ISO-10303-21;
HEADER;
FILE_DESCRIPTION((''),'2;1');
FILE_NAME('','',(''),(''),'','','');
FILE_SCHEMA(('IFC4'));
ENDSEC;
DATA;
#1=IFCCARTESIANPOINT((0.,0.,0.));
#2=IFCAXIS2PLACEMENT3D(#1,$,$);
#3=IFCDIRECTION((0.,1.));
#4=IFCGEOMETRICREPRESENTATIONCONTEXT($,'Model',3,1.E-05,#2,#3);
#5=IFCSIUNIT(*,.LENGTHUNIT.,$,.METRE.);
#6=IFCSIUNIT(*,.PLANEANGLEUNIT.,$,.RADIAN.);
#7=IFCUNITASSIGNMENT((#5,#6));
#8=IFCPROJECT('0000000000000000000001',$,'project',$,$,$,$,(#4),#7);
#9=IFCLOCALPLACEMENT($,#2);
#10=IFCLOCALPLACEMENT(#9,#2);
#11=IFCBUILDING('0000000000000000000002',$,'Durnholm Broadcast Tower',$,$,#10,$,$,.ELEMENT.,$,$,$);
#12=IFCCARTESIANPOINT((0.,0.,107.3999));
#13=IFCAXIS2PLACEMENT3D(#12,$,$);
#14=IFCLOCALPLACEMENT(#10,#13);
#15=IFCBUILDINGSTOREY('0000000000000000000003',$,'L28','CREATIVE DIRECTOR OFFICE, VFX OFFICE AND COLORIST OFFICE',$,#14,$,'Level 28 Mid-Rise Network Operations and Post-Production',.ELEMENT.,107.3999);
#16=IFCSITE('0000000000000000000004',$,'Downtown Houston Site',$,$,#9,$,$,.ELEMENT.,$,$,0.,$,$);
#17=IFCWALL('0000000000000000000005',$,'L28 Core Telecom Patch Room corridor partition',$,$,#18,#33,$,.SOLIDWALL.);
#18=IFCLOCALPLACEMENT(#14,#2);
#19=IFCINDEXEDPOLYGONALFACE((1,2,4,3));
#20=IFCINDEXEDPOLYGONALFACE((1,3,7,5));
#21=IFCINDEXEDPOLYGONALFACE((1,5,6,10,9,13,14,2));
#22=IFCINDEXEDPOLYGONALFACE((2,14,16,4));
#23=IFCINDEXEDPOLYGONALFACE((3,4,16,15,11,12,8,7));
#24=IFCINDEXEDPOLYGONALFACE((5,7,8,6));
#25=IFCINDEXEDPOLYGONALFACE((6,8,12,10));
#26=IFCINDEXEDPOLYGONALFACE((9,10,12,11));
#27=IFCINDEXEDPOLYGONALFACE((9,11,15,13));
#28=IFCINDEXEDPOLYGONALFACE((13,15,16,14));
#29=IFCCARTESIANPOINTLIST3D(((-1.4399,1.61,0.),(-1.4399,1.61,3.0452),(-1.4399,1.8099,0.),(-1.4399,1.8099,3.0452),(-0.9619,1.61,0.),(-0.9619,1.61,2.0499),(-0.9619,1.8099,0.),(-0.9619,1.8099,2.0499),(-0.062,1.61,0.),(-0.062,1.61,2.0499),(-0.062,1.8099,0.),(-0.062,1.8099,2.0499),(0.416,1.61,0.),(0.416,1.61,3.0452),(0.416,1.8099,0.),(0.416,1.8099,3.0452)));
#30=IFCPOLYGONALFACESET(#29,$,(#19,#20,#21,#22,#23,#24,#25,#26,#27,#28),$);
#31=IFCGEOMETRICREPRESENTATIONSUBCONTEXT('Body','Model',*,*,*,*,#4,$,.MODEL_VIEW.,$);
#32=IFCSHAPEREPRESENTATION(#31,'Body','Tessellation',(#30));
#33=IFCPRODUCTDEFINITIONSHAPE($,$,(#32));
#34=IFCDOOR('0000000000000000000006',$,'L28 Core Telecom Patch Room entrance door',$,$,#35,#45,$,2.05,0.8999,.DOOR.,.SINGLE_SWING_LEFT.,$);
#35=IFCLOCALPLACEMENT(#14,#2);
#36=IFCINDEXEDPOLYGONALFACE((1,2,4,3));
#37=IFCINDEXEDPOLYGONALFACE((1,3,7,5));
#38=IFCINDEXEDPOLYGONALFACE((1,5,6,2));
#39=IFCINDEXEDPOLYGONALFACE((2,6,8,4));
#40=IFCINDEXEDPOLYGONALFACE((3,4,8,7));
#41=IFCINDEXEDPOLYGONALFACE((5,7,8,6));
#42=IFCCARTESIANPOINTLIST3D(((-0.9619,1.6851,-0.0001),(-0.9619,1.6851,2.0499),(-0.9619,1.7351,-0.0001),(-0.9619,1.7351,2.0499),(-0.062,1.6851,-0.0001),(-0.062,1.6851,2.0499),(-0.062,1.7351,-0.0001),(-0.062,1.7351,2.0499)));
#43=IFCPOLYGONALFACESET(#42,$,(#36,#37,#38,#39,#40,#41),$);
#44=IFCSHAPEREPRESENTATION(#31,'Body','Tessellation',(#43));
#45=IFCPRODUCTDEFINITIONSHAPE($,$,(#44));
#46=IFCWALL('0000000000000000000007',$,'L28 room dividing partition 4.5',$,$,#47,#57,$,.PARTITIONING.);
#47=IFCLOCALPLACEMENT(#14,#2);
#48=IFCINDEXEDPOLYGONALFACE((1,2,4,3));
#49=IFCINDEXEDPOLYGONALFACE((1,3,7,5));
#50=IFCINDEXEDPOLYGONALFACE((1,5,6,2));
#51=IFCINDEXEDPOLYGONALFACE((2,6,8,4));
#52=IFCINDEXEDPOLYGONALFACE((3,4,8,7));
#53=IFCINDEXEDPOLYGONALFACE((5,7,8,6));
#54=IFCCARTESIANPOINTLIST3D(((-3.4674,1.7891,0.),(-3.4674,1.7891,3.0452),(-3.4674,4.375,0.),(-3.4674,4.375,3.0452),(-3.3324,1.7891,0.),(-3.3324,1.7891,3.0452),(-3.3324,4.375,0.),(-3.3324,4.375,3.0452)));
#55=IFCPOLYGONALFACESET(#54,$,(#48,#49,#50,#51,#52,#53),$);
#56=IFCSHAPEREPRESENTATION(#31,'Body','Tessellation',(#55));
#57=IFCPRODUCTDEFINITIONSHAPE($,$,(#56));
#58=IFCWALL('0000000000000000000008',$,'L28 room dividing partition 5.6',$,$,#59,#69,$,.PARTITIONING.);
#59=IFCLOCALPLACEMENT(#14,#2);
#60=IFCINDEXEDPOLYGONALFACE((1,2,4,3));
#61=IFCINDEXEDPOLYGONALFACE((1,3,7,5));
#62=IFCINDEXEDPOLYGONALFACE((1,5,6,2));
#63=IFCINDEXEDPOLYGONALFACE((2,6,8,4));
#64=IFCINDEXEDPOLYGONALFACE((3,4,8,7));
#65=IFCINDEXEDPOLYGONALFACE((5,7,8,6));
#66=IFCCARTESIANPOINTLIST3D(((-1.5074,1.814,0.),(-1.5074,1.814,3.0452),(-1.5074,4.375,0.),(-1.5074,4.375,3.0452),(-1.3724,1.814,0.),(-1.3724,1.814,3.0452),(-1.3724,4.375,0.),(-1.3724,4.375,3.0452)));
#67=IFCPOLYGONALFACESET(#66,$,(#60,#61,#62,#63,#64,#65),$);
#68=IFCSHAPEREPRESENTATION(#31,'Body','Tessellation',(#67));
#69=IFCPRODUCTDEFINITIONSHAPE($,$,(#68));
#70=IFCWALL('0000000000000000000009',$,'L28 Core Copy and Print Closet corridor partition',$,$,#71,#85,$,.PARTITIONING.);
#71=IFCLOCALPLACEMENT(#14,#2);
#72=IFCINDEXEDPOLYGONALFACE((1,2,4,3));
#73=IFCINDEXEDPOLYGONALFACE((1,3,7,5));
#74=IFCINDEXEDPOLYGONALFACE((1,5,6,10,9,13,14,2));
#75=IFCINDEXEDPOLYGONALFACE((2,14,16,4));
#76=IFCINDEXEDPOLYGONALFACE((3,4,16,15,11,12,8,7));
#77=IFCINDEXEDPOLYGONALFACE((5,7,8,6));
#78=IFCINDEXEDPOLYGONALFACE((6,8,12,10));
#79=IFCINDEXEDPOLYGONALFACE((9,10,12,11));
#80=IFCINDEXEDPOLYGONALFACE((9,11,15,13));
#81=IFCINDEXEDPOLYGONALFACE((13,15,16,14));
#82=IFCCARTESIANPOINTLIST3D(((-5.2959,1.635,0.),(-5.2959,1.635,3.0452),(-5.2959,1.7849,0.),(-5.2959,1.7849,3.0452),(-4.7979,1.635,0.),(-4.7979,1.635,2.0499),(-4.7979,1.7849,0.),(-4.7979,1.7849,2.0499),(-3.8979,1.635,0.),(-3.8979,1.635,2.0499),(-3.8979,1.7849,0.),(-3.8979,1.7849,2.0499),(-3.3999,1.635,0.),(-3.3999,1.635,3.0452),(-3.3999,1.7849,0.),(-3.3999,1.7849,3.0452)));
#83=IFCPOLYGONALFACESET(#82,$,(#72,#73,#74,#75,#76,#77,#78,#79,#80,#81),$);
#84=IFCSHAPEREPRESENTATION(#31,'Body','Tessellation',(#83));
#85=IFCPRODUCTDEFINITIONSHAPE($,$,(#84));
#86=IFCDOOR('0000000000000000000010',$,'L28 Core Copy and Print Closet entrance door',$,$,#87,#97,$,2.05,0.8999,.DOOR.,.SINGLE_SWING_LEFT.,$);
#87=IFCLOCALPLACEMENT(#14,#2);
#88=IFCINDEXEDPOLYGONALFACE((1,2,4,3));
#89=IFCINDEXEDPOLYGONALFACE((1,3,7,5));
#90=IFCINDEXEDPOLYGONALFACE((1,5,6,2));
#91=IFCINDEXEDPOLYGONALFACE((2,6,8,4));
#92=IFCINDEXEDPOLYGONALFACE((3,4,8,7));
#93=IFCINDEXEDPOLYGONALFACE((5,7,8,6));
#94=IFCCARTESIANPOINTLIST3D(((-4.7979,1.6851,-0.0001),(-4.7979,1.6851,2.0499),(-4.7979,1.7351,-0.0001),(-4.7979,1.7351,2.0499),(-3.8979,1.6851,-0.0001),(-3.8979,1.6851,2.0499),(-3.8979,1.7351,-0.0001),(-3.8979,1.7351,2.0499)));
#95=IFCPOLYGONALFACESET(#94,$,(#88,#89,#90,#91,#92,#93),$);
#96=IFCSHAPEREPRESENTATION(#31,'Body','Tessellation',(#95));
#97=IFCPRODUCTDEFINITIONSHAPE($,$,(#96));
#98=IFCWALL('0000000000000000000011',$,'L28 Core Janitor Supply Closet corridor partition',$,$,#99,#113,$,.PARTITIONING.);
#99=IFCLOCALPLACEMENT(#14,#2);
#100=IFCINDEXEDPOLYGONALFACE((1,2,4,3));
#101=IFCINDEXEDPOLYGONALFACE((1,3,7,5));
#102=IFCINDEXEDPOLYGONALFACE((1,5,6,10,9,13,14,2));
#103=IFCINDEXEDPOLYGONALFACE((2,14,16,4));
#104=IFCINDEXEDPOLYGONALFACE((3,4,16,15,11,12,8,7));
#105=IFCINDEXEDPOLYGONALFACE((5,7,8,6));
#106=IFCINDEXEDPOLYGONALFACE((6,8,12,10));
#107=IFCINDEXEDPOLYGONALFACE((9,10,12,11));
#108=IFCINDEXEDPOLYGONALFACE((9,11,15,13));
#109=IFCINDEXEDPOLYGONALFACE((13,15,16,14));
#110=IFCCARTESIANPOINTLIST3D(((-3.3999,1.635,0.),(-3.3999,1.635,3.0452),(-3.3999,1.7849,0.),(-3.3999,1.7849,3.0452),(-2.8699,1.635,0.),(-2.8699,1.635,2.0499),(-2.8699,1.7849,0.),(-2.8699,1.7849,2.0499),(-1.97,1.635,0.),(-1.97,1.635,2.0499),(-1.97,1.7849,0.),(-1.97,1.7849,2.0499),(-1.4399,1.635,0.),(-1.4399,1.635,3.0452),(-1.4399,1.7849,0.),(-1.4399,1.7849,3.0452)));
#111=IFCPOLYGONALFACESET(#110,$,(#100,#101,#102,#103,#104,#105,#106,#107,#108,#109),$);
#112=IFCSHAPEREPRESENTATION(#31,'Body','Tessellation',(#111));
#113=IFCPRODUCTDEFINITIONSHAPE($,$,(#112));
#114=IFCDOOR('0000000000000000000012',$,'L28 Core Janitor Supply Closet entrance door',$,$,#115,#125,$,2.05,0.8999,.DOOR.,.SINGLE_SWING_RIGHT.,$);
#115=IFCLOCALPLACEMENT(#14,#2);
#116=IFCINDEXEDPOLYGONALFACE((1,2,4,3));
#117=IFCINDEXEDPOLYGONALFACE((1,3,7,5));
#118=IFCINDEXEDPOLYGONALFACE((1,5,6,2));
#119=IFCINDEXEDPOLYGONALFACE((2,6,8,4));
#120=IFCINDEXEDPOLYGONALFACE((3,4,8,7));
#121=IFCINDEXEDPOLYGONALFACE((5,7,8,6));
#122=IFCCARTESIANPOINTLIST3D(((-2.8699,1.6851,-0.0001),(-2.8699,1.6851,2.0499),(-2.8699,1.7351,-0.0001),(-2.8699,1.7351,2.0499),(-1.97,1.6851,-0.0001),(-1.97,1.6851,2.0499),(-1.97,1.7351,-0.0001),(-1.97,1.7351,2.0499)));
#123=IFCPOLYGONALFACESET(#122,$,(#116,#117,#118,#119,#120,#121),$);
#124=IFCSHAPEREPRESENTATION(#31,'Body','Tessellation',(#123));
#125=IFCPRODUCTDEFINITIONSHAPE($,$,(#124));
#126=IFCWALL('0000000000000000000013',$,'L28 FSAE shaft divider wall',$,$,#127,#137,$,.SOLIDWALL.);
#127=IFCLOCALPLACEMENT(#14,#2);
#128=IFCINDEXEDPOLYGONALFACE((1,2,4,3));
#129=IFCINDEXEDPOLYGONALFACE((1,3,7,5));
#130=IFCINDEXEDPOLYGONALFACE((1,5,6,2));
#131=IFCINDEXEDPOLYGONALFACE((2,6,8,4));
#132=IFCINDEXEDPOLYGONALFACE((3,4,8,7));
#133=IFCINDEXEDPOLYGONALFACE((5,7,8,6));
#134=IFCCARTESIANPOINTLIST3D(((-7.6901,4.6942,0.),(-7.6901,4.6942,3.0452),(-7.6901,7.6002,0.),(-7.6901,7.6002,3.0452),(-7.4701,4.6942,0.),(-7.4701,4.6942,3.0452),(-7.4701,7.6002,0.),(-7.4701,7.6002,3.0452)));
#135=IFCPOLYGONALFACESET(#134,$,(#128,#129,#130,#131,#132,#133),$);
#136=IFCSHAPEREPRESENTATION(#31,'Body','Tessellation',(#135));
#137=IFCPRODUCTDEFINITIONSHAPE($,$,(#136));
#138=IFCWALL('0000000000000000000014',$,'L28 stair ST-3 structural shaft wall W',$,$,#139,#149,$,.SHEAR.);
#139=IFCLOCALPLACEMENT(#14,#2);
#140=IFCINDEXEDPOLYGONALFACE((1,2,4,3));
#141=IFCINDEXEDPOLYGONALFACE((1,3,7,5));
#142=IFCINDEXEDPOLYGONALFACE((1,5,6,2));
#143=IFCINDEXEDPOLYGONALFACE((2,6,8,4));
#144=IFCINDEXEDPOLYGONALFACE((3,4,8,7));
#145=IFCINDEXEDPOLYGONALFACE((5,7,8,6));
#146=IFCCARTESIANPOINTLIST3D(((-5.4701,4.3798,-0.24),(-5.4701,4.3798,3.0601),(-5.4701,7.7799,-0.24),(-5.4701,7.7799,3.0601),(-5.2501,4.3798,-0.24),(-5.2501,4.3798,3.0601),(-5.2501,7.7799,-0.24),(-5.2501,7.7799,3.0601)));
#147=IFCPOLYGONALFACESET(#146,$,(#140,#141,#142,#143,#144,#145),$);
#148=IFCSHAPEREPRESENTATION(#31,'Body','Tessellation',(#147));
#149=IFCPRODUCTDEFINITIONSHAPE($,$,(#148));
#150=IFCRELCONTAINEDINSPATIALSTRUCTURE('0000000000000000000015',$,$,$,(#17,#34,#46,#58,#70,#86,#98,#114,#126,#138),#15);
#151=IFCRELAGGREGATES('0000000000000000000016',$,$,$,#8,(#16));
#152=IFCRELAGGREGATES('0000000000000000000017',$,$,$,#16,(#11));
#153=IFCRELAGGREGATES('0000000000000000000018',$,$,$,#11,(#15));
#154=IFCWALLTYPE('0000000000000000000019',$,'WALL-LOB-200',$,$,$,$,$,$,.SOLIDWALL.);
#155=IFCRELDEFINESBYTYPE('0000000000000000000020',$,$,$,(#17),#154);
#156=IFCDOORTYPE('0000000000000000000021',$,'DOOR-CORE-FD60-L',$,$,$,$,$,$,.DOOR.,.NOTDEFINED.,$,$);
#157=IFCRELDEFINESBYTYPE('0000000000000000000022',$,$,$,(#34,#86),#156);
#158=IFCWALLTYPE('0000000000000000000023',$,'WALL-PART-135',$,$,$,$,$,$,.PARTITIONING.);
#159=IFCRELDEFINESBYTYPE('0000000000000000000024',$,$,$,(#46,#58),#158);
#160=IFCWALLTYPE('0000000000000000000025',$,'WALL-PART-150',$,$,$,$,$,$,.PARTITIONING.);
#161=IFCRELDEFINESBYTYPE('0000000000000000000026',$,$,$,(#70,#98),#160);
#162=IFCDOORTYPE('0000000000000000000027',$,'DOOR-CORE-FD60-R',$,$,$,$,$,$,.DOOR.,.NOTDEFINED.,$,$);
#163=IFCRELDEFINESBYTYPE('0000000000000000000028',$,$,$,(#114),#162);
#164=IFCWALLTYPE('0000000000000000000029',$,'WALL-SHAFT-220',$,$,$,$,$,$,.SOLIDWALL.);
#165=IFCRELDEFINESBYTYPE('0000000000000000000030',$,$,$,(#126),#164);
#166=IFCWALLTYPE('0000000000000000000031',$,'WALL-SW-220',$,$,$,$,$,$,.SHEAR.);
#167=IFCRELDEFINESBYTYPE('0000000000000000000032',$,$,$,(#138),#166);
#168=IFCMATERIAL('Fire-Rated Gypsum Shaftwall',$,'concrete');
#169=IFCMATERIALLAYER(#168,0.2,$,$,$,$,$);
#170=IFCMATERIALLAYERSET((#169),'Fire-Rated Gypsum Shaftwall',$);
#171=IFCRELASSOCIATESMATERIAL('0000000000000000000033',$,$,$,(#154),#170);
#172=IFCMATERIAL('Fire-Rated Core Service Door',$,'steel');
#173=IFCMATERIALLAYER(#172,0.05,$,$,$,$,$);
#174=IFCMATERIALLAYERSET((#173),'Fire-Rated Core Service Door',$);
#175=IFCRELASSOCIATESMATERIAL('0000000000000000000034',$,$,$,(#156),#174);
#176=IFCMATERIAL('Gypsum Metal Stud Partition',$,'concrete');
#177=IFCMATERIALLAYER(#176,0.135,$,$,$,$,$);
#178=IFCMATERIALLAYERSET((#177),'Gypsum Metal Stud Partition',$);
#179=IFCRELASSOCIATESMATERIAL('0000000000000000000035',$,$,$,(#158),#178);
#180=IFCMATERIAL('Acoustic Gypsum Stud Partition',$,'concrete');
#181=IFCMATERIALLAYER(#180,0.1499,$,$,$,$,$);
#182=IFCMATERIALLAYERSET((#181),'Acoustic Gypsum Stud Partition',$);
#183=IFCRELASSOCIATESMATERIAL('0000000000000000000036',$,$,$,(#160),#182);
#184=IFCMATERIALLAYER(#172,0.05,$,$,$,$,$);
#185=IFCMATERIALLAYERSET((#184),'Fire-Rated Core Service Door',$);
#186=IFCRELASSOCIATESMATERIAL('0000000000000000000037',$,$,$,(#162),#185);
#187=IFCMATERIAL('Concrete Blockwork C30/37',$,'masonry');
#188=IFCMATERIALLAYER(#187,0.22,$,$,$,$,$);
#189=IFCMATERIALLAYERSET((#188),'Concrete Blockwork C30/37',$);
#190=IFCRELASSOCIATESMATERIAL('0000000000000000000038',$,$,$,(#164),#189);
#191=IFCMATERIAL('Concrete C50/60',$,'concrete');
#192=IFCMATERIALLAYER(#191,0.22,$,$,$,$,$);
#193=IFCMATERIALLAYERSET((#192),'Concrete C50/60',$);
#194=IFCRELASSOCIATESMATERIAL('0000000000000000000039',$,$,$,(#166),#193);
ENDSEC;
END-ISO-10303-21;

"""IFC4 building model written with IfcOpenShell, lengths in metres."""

from ifc_helpers import new_model, si_unit, direction, frame, frame_2d, origin, place, context, subcontext, project, spatial, rectangle, extrude, source, transform, mapped, material, layer, layer_set, type_object, type_shapes, element, fill, save


model = new_model("IFC4")

# Units and contexts
model_context = context("Model", 3, precision=1e-05, world=origin(), true_north=direction((0.0, 1.0)))
body_context = subcontext(model_context, "Body", "Model", "MODEL_VIEW")
ifc_project = project(units=[si_unit("LENGTHUNIT", "METRE"), si_unit("PLANEANGLEUNIT", "RADIAN")], contexts=[model_context])

# Site, building, storey
site_placement = place(None, origin())
site = spatial("IfcSite", under=ifc_project, at=site_placement, Name="Downtown Houston Site", CompositionType="ELEMENT", RefElevation=0.0)
building_placement = place(site_placement, origin())
building = spatial("IfcBuilding", under=site, at=building_placement, Name="Durnholm Broadcast Tower", CompositionType="ELEMENT")
storey_placement = place(building_placement, frame((0.0, 0.0, 107.3999)))
storey = spatial("IfcBuildingStorey", under=building, at=storey_placement, Name="L28", Description="CREATIVE DIRECTOR OFFICE, VFX OFFICE AND COLORIST OFFICE", LongName="Level 28 Mid-Rise Network Operations and Post-Production", CompositionType="ELEMENT", Elevation=107.3999)

# Wall, opening, door
ifc_material_1 = material(Name="Fire-Rated Gypsum Shaftwall", Category="concrete")
ifc_layer_1 = layer(ifc_material_1, 0.2)
ifc_layer_set_1 = layer_set([ifc_layer_1], Name="Fire-Rated Gypsum Shaftwall")
wall_type_1 = type_object("IfcWallType", Name="WALL-LOB-200", PredefinedType="SOLIDWALL", material=ifc_layer_set_1)
wall_1_placement = place(storey_placement, frame((0.416, 1.71, 0.0), z_axis=(0.0, 0.0, 1.0), x_axis=(-1.0, 0.0, 0.0)))
wall_1 = element("IfcWall", 1, at=wall_1_placement, inside=storey, type_object=wall_type_1, Name="L28 Core Telecom Patch Room corridor partition", PredefinedType="SOLIDWALL", context=body_context, shape_type="SweptSolid", body=[
    extrude(rectangle(XDim=1.856, YDim=0.2, at=frame_2d((0.928, 0.0))), origin(), (0.0, 0.0, 1.0), 3.0452),
])
opening_1_placement = place(wall_1_placement, frame((0.478, 0.0, 0.0)))
opening_1 = element("IfcOpeningElement", 2, at=opening_1_placement, cuts=wall_1, PredefinedType="OPENING", context=body_context, shape_type="SweptSolid", body=[
    extrude(rectangle(XDim=0.8999, YDim=2.05, at=frame_2d((0.45, 1.0249))), frame((0.0, 0.1099, 0.0), z_axis=(0.0, -1.0, 0.0), x_axis=(1.0, 0.0, 0.0)), (0.0, 0.0, 1.0), 0.22),
])
ifc_material_2 = material(Name="Fire-Rated Core Service Door", Category="steel")
ifc_layer_2 = layer(ifc_material_2, 0.05)
ifc_layer_set_2 = layer_set([ifc_layer_2], Name="Fire-Rated Core Service Door")
door_type_1 = type_object("IfcDoorType", Name="DOOR-CORE-FD60-L", OperationType="NOTDEFINED", PredefinedType="DOOR", material=ifc_layer_set_2)
shared_shape_1 = source(origin(), body_context, "Body", "SweptSolid", [
    extrude(rectangle(XDim=0.8999, YDim=2.05, at=frame_2d((0.45, 1.0249))), frame((0.0, 0.0249, 0.0), z_axis=(0.0, -1.0, 0.0), x_axis=(1.0, 0.0, 0.0)), (0.0, 0.0, 1.0), 0.05),
])
type_shapes(door_type_1, [shared_shape_1])
door_1_placement = place(opening_1_placement, origin())
door_1 = element("IfcDoor", 3, at=door_1_placement, inside=storey, type_object=door_type_1, Name="L28 Core Telecom Patch Room entrance door", OperationType="SINGLE_SWING_LEFT", OverallHeight=2.05, OverallWidth=0.8999, PredefinedType="DOOR", context=body_context, shape_type="MappedRepresentation", body=[
    mapped(shared_shape_1, transform((0.0, 0.0, 0.0), x_axis=(1.0, 0.0, 0.0), y_axis=(0.0, 1.0, 0.0), z_axis=(0.0, 0.0, 1.0), scale=1.0)),
])
fill(opening_1, door_1)

# Walls
ifc_material_3 = material(Name="Gypsum Metal Stud Partition", Category="concrete")
ifc_layer_3 = layer(ifc_material_3, 0.135)
ifc_layer_set_3 = layer_set([ifc_layer_3], Name="Gypsum Metal Stud Partition")
wall_type_2 = type_object("IfcWallType", Name="WALL-PART-135", PredefinedType="PARTITIONING", material=ifc_layer_set_3)
wall_2_placement = place(storey_placement, frame((-3.3999, 4.375, 0.0), z_axis=(0.0, 0.0, 1.0), x_axis=(0.0, -1.0, 0.0)))
element("IfcWall", 4, at=wall_2_placement, inside=storey, type_object=wall_type_2, Name="L28 room dividing partition 4.5", PredefinedType="PARTITIONING", context=body_context, shape_type="SweptSolid", body=[
    extrude(rectangle(XDim=2.5859, YDim=0.135, at=frame_2d((1.293, 0.0))), origin(), (0.0, 0.0, 1.0), 3.0452),
])
wall_3_placement = place(storey_placement, frame((-1.4399, 4.375, 0.0), z_axis=(0.0, 0.0, 1.0), x_axis=(0.0, -1.0, 0.0)))
element("IfcWall", 5, at=wall_3_placement, inside=storey, type_object=wall_type_2, Name="L28 room dividing partition 5.6", PredefinedType="PARTITIONING", context=body_context, shape_type="SweptSolid", body=[
    extrude(rectangle(XDim=2.561, YDim=0.135, at=frame_2d((1.2805, 0.0))), origin(), (0.0, 0.0, 1.0), 3.0452),
])

# Walls, openings, doors
ifc_material_4 = material(Name="Acoustic Gypsum Stud Partition", Category="concrete")
ifc_layer_4 = layer(ifc_material_4, 0.1499)
ifc_layer_set_4 = layer_set([ifc_layer_4], Name="Acoustic Gypsum Stud Partition")
wall_type_3 = type_object("IfcWallType", Name="WALL-PART-150", PredefinedType="PARTITIONING", material=ifc_layer_set_4)
wall_4_placement = place(storey_placement, frame((-3.3999, 1.71, 0.0), z_axis=(0.0, 0.0, 1.0), x_axis=(-1.0, 0.0, 0.0)))
wall_4 = element("IfcWall", 6, at=wall_4_placement, inside=storey, type_object=wall_type_3, Name="L28 Core Copy and Print Closet corridor partition", PredefinedType="PARTITIONING", context=body_context, shape_type="SweptSolid", body=[
    extrude(rectangle(XDim=1.896, YDim=0.1499, at=frame_2d((0.948, 0.0))), origin(), (0.0, 0.0, 1.0), 3.0452),
])
opening_2_placement = place(wall_4_placement, frame((0.498, 0.0, 0.0)))
opening_2 = element("IfcOpeningElement", 7, at=opening_2_placement, cuts=wall_4, PredefinedType="OPENING", context=body_context, shape_type="SweptSolid", body=[
    extrude(rectangle(XDim=0.8999, YDim=2.05, at=frame_2d((0.45, 1.0249))), frame((0.0, 0.085, 0.0), z_axis=(0.0, -1.0, 0.0), x_axis=(1.0, 0.0, 0.0)), (0.0, 0.0, 1.0), 0.1699),
])
door_2_placement = place(opening_2_placement, origin())
door_2 = element("IfcDoor", 8, at=door_2_placement, inside=storey, type_object=door_type_1, Name="L28 Core Copy and Print Closet entrance door", OperationType="SINGLE_SWING_LEFT", OverallHeight=2.05, OverallWidth=0.8999, PredefinedType="DOOR", context=body_context, shape_type="MappedRepresentation", body=[
    mapped(shared_shape_1, transform((0.0, 0.0, 0.0), x_axis=(1.0, 0.0, 0.0), y_axis=(0.0, 1.0, 0.0), z_axis=(0.0, 0.0, 1.0), scale=1.0)),
])
fill(opening_2, door_2)
wall_5_placement = place(storey_placement, frame((-1.4399, 1.71, 0.0), z_axis=(0.0, 0.0, 1.0), x_axis=(-1.0, 0.0, 0.0)))
wall_5 = element("IfcWall", 9, at=wall_5_placement, inside=storey, type_object=wall_type_3, Name="L28 Core Janitor Supply Closet corridor partition", PredefinedType="PARTITIONING", context=body_context, shape_type="SweptSolid", body=[
    extrude(rectangle(XDim=1.96, YDim=0.1499, at=frame_2d((0.98, 0.0))), origin(), (0.0, 0.0, 1.0), 3.0452),
])
opening_3_placement = place(wall_5_placement, frame((0.53, 0.0, 0.0)))
opening_3 = element("IfcOpeningElement", 10, at=opening_3_placement, cuts=wall_5, PredefinedType="OPENING", context=body_context, shape_type="SweptSolid", body=[
    extrude(rectangle(XDim=0.8999, YDim=2.05, at=frame_2d((0.45, 1.0249))), frame((0.0, 0.085, 0.0), z_axis=(0.0, -1.0, 0.0), x_axis=(1.0, 0.0, 0.0)), (0.0, 0.0, 1.0), 0.1699),
])
ifc_layer_5 = layer(ifc_material_2, 0.05)
ifc_layer_set_5 = layer_set([ifc_layer_5], Name="Fire-Rated Core Service Door")
door_type_2 = type_object("IfcDoorType", Name="DOOR-CORE-FD60-R", OperationType="NOTDEFINED", PredefinedType="DOOR", material=ifc_layer_set_5)
shared_shape_2 = source(origin(), body_context, "Body", "SweptSolid", [
    extrude(rectangle(XDim=0.8999, YDim=2.05, at=frame_2d((0.45, 1.0249))), frame((0.0, 0.0249, 0.0), z_axis=(0.0, -1.0, 0.0), x_axis=(1.0, 0.0, 0.0)), (0.0, 0.0, 1.0), 0.05),
])
type_shapes(door_type_2, [shared_shape_2])
door_3_placement = place(opening_3_placement, origin())
door_3 = element("IfcDoor", 11, at=door_3_placement, inside=storey, type_object=door_type_2, Name="L28 Core Janitor Supply Closet entrance door", OperationType="SINGLE_SWING_RIGHT", OverallHeight=2.05, OverallWidth=0.8999, PredefinedType="DOOR", context=body_context, shape_type="MappedRepresentation", body=[
    mapped(shared_shape_2, transform((0.0, 0.0, 0.0), x_axis=(1.0, 0.0, 0.0), y_axis=(0.0, 1.0, 0.0), z_axis=(0.0, 0.0, 1.0), scale=1.0)),
])
fill(opening_3, door_3)

# Shared definitions
ifc_material_5 = material(Name="Concrete Blockwork C30/37", Category="masonry")
ifc_layer_6 = layer(ifc_material_5, 0.22)
ifc_layer_set_6 = layer_set([ifc_layer_6], Name="Concrete Blockwork C30/37")
wall_type_4 = type_object("IfcWallType", Name="WALL-SHAFT-220", PredefinedType="SOLIDWALL", material=ifc_layer_set_6)

# Walls
wall_6_placement = place(storey_placement, frame((-7.5801, 4.6941, 0.0), z_axis=(0.0, 0.0, 1.0), x_axis=(0.0, 1.0, 0.0)))
element("IfcWall", 12, at=wall_6_placement, inside=storey, type_object=wall_type_4, Name="L28 FSAE shaft divider wall", PredefinedType="SOLIDWALL", context=body_context, shape_type="SweptSolid", body=[
    extrude(rectangle(XDim=2.906, YDim=0.22, at=frame_2d((1.4531, 0.0))), origin(), (0.0, 0.0, 1.0), 3.0452),
])
ifc_material_6 = material(Name="Concrete C50/60", Category="concrete")
ifc_layer_7 = layer(ifc_material_6, 0.22)
ifc_layer_set_7 = layer_set([ifc_layer_7], Name="Concrete C50/60")
wall_type_5 = type_object("IfcWallType", Name="WALL-SW-220", PredefinedType="SHEAR", material=ifc_layer_set_7)
wall_7_placement = place(storey_placement, frame((-5.3601, 7.78, -0.24), z_axis=(0.0, 0.0, 1.0), x_axis=(0.0, -1.0, 0.0)))
element("IfcWall", 13, at=wall_7_placement, inside=storey, type_object=wall_type_5, Name="L28 stair ST-3 structural shaft wall W", PredefinedType="SHEAR", context=body_context, shape_type="SweptSolid", body=[
    extrude(rectangle(XDim=3.4001, YDim=0.22, at=frame_2d((1.7002, 0.0))), origin(), (0.0, 0.0, 1.0), 3.3),
])

save(model, "model.ifc")
